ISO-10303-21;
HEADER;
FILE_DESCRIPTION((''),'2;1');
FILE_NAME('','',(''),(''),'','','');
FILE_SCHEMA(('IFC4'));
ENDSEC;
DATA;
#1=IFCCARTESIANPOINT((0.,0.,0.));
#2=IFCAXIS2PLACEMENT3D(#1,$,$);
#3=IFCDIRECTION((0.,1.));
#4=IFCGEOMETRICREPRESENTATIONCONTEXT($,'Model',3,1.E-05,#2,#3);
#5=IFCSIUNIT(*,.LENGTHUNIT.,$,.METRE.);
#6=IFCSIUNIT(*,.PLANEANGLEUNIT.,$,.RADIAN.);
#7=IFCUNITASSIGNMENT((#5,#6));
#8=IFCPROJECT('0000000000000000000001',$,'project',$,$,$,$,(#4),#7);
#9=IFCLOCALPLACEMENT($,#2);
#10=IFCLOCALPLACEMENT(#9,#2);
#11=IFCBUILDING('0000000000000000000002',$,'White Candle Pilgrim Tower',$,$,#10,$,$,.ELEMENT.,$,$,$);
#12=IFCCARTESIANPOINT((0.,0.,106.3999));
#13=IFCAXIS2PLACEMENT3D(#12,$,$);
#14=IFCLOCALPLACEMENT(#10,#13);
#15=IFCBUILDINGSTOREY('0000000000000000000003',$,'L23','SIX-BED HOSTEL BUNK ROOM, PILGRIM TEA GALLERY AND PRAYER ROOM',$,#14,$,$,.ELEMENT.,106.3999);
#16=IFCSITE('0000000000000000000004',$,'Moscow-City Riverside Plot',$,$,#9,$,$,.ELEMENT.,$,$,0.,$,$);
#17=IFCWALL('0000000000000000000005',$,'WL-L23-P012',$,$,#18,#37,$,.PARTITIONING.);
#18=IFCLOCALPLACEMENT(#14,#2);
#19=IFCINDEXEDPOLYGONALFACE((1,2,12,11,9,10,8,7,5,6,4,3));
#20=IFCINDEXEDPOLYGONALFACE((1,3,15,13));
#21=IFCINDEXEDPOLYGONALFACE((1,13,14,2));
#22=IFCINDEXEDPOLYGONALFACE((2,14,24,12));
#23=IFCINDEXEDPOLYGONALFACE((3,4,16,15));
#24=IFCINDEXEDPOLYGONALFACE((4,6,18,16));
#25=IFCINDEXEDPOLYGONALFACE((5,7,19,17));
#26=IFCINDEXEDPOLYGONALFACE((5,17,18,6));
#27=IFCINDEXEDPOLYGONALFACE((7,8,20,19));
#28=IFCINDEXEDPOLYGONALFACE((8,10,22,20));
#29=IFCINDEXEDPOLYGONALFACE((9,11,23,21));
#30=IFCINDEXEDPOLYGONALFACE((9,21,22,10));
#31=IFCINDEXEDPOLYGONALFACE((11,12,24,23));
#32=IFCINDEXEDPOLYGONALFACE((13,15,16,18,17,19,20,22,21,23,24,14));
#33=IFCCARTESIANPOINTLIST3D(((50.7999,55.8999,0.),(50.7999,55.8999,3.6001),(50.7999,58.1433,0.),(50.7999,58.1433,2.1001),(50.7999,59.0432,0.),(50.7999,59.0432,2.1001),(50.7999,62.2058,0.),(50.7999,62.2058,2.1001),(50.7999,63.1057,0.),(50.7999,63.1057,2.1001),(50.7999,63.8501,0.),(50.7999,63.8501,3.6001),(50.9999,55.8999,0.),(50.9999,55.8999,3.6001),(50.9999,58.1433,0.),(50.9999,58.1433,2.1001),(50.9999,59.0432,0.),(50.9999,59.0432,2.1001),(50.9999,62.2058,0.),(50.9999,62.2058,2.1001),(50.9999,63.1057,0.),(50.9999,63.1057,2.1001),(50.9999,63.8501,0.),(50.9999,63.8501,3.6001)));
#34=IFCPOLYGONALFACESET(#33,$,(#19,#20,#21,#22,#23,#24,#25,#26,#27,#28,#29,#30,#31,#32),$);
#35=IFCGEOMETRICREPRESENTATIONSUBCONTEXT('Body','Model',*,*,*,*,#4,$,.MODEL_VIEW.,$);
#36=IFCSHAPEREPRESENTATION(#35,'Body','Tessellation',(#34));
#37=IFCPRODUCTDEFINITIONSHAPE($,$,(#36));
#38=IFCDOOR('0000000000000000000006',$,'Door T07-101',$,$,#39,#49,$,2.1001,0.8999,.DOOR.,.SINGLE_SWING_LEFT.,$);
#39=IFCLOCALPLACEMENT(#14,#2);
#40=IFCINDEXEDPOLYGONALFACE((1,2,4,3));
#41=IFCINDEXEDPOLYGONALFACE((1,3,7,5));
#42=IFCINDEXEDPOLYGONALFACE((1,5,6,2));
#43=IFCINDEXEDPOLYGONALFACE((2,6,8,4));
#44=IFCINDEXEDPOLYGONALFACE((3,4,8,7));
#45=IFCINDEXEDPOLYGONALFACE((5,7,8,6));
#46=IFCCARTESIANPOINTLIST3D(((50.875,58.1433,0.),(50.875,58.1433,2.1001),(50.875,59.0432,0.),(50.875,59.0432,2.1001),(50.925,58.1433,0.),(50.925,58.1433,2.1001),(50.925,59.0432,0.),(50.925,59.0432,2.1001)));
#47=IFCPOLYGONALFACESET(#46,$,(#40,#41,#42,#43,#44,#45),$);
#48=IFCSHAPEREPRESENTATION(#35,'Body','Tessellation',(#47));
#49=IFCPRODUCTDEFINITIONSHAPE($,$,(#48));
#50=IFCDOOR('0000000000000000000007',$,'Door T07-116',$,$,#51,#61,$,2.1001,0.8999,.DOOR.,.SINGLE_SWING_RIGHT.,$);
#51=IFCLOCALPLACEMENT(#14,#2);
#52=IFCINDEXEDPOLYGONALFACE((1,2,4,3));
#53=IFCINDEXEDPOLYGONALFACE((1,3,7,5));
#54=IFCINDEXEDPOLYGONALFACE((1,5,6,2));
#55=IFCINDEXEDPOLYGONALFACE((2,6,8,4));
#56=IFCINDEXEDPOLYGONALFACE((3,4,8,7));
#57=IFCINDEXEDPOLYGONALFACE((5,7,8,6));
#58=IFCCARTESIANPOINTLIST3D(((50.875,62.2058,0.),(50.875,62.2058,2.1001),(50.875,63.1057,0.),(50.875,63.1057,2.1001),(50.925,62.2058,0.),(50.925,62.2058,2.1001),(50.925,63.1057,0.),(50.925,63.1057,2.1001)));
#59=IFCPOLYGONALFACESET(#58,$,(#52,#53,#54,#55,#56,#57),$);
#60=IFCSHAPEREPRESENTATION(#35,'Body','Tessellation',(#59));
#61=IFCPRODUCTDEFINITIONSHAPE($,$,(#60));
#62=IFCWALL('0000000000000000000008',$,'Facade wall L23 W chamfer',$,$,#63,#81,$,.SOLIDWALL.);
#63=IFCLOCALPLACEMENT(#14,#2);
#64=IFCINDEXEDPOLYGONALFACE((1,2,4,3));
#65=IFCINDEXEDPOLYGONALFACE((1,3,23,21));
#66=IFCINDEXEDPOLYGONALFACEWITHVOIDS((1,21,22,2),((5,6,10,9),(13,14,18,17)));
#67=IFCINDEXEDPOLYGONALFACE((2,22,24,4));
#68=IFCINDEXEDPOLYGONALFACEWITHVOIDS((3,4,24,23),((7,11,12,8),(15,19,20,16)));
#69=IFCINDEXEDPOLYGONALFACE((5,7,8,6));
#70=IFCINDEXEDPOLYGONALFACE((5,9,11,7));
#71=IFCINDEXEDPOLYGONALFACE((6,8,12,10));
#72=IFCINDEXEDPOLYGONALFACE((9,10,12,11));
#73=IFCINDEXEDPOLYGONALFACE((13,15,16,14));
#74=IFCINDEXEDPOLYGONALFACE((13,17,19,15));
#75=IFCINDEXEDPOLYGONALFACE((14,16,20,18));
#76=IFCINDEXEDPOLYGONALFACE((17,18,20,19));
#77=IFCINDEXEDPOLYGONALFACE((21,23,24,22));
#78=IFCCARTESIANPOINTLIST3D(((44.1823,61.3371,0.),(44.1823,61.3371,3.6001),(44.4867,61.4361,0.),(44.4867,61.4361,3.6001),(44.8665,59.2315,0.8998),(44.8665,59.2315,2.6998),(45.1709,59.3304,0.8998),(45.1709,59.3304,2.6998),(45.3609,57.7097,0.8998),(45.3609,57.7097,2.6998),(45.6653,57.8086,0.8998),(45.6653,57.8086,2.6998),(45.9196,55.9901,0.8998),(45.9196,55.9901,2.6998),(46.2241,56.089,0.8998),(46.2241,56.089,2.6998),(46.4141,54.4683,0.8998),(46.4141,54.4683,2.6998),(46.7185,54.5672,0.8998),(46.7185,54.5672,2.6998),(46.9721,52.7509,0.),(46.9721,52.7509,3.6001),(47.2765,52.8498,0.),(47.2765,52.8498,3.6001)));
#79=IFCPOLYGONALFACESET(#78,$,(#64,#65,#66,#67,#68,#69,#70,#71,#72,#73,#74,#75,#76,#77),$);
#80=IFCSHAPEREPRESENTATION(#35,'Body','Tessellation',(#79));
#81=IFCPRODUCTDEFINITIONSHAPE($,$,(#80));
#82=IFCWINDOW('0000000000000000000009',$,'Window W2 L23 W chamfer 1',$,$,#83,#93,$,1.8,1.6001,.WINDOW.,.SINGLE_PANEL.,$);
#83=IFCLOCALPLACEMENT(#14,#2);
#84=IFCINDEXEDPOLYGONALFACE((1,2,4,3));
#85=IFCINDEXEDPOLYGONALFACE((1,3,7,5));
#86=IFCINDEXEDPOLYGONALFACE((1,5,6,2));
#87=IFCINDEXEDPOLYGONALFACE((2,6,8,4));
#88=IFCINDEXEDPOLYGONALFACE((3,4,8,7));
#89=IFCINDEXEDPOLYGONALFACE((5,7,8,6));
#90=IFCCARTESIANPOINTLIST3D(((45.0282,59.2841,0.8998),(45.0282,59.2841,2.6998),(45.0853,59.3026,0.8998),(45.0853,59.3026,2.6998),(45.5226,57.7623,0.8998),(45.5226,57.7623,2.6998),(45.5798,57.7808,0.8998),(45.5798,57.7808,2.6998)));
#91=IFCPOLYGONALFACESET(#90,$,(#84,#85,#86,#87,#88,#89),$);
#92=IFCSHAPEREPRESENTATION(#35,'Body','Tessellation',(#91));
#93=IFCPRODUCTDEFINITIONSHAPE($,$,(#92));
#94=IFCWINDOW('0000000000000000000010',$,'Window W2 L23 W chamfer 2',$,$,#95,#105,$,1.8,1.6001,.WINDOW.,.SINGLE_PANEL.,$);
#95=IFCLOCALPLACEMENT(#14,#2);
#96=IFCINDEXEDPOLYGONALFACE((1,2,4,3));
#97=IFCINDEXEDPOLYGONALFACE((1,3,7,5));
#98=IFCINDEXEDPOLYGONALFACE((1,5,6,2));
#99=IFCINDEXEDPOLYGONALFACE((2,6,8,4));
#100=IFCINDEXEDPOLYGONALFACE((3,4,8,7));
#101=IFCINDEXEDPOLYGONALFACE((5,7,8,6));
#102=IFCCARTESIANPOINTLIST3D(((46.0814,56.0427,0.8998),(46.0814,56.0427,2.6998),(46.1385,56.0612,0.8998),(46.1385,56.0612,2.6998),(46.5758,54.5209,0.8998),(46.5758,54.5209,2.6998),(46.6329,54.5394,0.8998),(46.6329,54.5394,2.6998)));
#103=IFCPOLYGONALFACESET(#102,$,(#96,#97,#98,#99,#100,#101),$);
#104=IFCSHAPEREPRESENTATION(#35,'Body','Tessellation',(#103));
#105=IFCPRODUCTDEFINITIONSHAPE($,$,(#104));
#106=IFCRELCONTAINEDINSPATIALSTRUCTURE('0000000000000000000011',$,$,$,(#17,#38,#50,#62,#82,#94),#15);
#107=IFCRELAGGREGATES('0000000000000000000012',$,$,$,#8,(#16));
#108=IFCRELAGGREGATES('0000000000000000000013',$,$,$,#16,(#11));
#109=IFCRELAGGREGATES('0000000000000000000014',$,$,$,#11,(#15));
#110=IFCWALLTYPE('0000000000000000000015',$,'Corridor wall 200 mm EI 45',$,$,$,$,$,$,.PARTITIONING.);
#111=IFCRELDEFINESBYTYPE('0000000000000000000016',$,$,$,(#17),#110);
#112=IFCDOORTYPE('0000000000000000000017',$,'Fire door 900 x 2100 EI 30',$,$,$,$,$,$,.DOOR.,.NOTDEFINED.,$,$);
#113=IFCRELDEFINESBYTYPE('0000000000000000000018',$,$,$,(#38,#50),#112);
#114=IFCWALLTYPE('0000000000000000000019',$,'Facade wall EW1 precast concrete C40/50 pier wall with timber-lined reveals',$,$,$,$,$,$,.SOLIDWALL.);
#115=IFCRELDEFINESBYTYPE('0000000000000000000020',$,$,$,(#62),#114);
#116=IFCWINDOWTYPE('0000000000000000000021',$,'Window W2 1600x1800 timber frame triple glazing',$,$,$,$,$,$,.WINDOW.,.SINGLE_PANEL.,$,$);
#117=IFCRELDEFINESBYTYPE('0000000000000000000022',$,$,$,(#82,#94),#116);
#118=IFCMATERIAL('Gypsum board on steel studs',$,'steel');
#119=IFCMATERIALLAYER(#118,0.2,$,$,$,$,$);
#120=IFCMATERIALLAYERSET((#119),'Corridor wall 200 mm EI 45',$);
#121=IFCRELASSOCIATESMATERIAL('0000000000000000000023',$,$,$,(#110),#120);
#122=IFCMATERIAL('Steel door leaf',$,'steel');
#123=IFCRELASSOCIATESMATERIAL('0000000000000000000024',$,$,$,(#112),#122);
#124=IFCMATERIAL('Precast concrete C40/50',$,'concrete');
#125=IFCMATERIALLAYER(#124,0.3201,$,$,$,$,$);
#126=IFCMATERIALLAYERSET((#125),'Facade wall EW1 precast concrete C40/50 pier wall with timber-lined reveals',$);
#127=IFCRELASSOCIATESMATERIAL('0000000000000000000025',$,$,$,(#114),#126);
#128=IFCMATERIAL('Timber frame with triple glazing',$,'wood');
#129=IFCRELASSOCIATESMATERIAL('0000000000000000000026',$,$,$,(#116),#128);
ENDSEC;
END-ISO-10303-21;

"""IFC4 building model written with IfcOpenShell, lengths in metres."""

from ifc_helpers import new_model, si_unit, direction, frame, frame_2d, origin, place, context, subcontext, project, spatial, rectangle, extrude, material, layer, layer_set, type_object, element, fill, save


model = new_model("IFC4")

# Units and contexts
model_context = context("Model", 3, precision=1e-05, world=origin(), true_north=direction((0.0, 1.0)))
body_context = subcontext(model_context, "Body", "Model", "MODEL_VIEW")
ifc_project = project(units=[si_unit("LENGTHUNIT", "METRE"), si_unit("PLANEANGLEUNIT", "RADIAN")], contexts=[model_context])

# Site, building, storey
site_placement = place(None, origin())
site = spatial("IfcSite", under=ifc_project, at=site_placement, Name="Moscow-City Riverside Plot", CompositionType="ELEMENT", RefElevation=0.0)
building_placement = place(site_placement, origin())
building = spatial("IfcBuilding", under=site, at=building_placement, Name="White Candle Pilgrim Tower", CompositionType="ELEMENT")
storey_placement = place(building_placement, frame((0.0, 0.0, 106.3999)))
storey = spatial("IfcBuildingStorey", under=building, at=storey_placement, Name="L23", Description="SIX-BED HOSTEL BUNK ROOM, PILGRIM TEA GALLERY AND PRAYER ROOM", CompositionType="ELEMENT", Elevation=106.3999)

# Wall, openings, doors
ifc_material_1 = material(Name="Gypsum board on steel studs", Category="steel")
ifc_layer_1 = layer(ifc_material_1, 0.2)
ifc_layer_set_1 = layer_set([ifc_layer_1], Name="Corridor wall 200 mm EI 45")
wall_type_1 = type_object("IfcWallType", Name="Corridor wall 200 mm EI 45", PredefinedType="PARTITIONING", material=ifc_layer_set_1)
wall_1_placement = place(storey_placement, frame((50.8999, 55.8999, 0.0), z_axis=(0.0, 0.0, 1.0), x_axis=(0.0, 1.0, 0.0)))
wall_1 = element("IfcWall", 1, at=wall_1_placement, inside=storey, type_object=wall_type_1, Name="WL-L23-P012", PredefinedType="PARTITIONING", context=body_context, shape_type="SweptSolid", body=[
    extrude(rectangle(XDim=7.9502, YDim=0.2, at=frame_2d((3.9751, 0.0))), origin(), (0.0, 0.0, 1.0), 3.6001),
])
opening_1_placement = place(wall_1_placement, frame((2.2434, 0.0, 0.0)))
opening_1 = element("IfcOpeningElement", 2, at=opening_1_placement, cuts=wall_1, PredefinedType="OPENING", context=body_context, shape_type="SweptSolid", body=[
    extrude(rectangle(XDim=0.8999, YDim=2.1001, at=frame_2d((0.45, 1.05))), frame((0.0, 0.1099, 0.0), z_axis=(0.0, -1.0, 0.0), x_axis=(1.0, 0.0, 0.0)), (0.0, 0.0, 1.0), 0.22),
])
opening_2_placement = place(wall_1_placement, frame((6.3059, 0.0, 0.0)))
opening_2 = element("IfcOpeningElement", 3, at=opening_2_placement, cuts=wall_1, PredefinedType="OPENING", context=body_context, shape_type="SweptSolid", body=[
    extrude(rectangle(XDim=0.8999, YDim=2.1001, at=frame_2d((0.45, 1.05))), frame((0.0, 0.1099, 0.0), z_axis=(0.0, -1.0, 0.0), x_axis=(1.0, 0.0, 0.0)), (0.0, 0.0, 1.0), 0.22),
])
ifc_material_2 = material(Name="Steel door leaf", Category="steel")
door_type = type_object("IfcDoorType", Name="Fire door 900 x 2100 EI 30", OperationType="NOTDEFINED", PredefinedType="DOOR", material=ifc_material_2)
door_1_placement = place(opening_1_placement, origin())
door_1 = element("IfcDoor", 4, at=door_1_placement, inside=storey, type_object=door_type, Name="Door T07-101", OperationType="SINGLE_SWING_LEFT", OverallHeight=2.1001, OverallWidth=0.8999, PredefinedType="DOOR", context=body_context, shape_type="SweptSolid", body=[
    extrude(rectangle(XDim=0.8999, YDim=2.1001, at=frame_2d((0.45, 1.05))), frame((0.0, 0.0249, 0.0), z_axis=(0.0, -1.0, 0.0), x_axis=(1.0, 0.0, 0.0)), (0.0, 0.0, 1.0), 0.05),
])
fill(opening_1, door_1)
door_2_placement = place(opening_2_placement, origin())
door_2 = element("IfcDoor", 5, at=door_2_placement, inside=storey, type_object=door_type, Name="Door T07-116", OperationType="SINGLE_SWING_RIGHT", OverallHeight=2.1001, OverallWidth=0.8999, PredefinedType="DOOR", context=body_context, shape_type="SweptSolid", body=[
    extrude(rectangle(XDim=0.8999, YDim=2.1001, at=frame_2d((0.45, 1.05))), frame((0.0, 0.0249, 0.0), z_axis=(0.0, -1.0, 0.0), x_axis=(1.0, 0.0, 0.0)), (0.0, 0.0, 1.0), 0.05),
])
fill(opening_2, door_2)

# Wall, openings, windows
ifc_material_3 = material(Name="Precast concrete C40/50", Category="concrete")
ifc_layer_2 = layer(ifc_material_3, 0.3201)
ifc_layer_set_2 = layer_set([ifc_layer_2], Name="Facade wall EW1 precast concrete C40/50 pier wall with timber-lined reveals")
wall_type_2 = type_object("IfcWallType", Name="Facade wall EW1 precast concrete C40/50 pier wall with timber-lined reveals", PredefinedType="SOLIDWALL", material=ifc_layer_set_2)
wall_2_placement = place(storey_placement, frame((44.3345, 61.3867, 0.0), z_axis=(0.0, 0.0, 1.0), x_axis=(0.309015, -0.951057, 0.0)))
wall_2 = element("IfcWall", 6, at=wall_2_placement, inside=storey, type_object=wall_type_2, Name="Facade wall L23 W chamfer", PredefinedType="SOLIDWALL", context=body_context, shape_type="SweptSolid", body=[
    extrude(rectangle(XDim=9.0281, YDim=0.3201, at=frame_2d((4.5142, 0.0))), origin(), (0.0, 0.0, 1.0), 3.6001),
])
opening_3_placement = place(wall_2_placement, frame((2.2141, 0.0, 0.8999)))
opening_3 = element("IfcOpeningElement", 7, at=opening_3_placement, cuts=wall_2, PredefinedType="OPENING", context=body_context, shape_type="SweptSolid", body=[
    extrude(rectangle(XDim=1.6001, YDim=1.8, at=frame_2d((0.8, 0.8999))), frame((0.0, 0.1699, 0.0), z_axis=(0.0, -1.0, 0.0), x_axis=(1.0, 0.0, 0.0)), (0.0, 0.0, 1.0), 0.3401),
])
opening_4_placement = place(wall_2_placement, frame((5.6223, 0.0, 0.8999)))
opening_4 = element("IfcOpeningElement", 8, at=opening_4_placement, cuts=wall_2, PredefinedType="OPENING", context=body_context, shape_type="SweptSolid", body=[
    extrude(rectangle(XDim=1.6001, YDim=1.8, at=frame_2d((0.8, 0.8999))), frame((0.0, 0.1699, 0.0), z_axis=(0.0, -1.0, 0.0), x_axis=(1.0, 0.0, 0.0)), (0.0, 0.0, 1.0), 0.3401),
])
ifc_material_4 = material(Name="Timber frame with triple glazing", Category="wood")
window_type_1 = type_object("IfcWindowType", Name="Window W2 1600x1800 timber frame triple glazing", PartitioningType="SINGLE_PANEL", PredefinedType="WINDOW", material=ifc_material_4)
window_1_placement = place(opening_3_placement, origin())
window_1 = element("IfcWindow", 9, at=window_1_placement, inside=storey, type_object=window_type_1, Name="Window W2 L23 W chamfer 1", OverallHeight=1.8, OverallWidth=1.6001, PartitioningType="SINGLE_PANEL", PredefinedType="WINDOW", context=body_context, shape_type="SweptSolid", body=[
    extrude(rectangle(XDim=1.6001, YDim=1.8, at=frame_2d((0.8, 0.8999))), frame((0.0, 0.0701, 0.0), z_axis=(0.0, -1.0, 0.0), x_axis=(1.0, 0.0, 0.0)), (0.0, 0.0, 1.0), 0.0601),
])
fill(opening_3, window_1)
window_2_placement = place(opening_4_placement, origin())
window_2 = element("IfcWindow", 10, at=window_2_placement, inside=storey, type_object=window_type_1, Name="Window W2 L23 W chamfer 2", OverallHeight=1.8, OverallWidth=1.6001, PartitioningType="SINGLE_PANEL", PredefinedType="WINDOW", context=body_context, shape_type="SweptSolid", body=[
    extrude(rectangle(XDim=1.6001, YDim=1.8, at=frame_2d((0.8, 0.8999))), frame((0.0, 0.0701, 0.0), z_axis=(0.0, -1.0, 0.0), x_axis=(1.0, 0.0, 0.0)), (0.0, 0.0, 1.0), 0.0601),
])
fill(opening_4, window_2)

save(model, "model.ifc")
